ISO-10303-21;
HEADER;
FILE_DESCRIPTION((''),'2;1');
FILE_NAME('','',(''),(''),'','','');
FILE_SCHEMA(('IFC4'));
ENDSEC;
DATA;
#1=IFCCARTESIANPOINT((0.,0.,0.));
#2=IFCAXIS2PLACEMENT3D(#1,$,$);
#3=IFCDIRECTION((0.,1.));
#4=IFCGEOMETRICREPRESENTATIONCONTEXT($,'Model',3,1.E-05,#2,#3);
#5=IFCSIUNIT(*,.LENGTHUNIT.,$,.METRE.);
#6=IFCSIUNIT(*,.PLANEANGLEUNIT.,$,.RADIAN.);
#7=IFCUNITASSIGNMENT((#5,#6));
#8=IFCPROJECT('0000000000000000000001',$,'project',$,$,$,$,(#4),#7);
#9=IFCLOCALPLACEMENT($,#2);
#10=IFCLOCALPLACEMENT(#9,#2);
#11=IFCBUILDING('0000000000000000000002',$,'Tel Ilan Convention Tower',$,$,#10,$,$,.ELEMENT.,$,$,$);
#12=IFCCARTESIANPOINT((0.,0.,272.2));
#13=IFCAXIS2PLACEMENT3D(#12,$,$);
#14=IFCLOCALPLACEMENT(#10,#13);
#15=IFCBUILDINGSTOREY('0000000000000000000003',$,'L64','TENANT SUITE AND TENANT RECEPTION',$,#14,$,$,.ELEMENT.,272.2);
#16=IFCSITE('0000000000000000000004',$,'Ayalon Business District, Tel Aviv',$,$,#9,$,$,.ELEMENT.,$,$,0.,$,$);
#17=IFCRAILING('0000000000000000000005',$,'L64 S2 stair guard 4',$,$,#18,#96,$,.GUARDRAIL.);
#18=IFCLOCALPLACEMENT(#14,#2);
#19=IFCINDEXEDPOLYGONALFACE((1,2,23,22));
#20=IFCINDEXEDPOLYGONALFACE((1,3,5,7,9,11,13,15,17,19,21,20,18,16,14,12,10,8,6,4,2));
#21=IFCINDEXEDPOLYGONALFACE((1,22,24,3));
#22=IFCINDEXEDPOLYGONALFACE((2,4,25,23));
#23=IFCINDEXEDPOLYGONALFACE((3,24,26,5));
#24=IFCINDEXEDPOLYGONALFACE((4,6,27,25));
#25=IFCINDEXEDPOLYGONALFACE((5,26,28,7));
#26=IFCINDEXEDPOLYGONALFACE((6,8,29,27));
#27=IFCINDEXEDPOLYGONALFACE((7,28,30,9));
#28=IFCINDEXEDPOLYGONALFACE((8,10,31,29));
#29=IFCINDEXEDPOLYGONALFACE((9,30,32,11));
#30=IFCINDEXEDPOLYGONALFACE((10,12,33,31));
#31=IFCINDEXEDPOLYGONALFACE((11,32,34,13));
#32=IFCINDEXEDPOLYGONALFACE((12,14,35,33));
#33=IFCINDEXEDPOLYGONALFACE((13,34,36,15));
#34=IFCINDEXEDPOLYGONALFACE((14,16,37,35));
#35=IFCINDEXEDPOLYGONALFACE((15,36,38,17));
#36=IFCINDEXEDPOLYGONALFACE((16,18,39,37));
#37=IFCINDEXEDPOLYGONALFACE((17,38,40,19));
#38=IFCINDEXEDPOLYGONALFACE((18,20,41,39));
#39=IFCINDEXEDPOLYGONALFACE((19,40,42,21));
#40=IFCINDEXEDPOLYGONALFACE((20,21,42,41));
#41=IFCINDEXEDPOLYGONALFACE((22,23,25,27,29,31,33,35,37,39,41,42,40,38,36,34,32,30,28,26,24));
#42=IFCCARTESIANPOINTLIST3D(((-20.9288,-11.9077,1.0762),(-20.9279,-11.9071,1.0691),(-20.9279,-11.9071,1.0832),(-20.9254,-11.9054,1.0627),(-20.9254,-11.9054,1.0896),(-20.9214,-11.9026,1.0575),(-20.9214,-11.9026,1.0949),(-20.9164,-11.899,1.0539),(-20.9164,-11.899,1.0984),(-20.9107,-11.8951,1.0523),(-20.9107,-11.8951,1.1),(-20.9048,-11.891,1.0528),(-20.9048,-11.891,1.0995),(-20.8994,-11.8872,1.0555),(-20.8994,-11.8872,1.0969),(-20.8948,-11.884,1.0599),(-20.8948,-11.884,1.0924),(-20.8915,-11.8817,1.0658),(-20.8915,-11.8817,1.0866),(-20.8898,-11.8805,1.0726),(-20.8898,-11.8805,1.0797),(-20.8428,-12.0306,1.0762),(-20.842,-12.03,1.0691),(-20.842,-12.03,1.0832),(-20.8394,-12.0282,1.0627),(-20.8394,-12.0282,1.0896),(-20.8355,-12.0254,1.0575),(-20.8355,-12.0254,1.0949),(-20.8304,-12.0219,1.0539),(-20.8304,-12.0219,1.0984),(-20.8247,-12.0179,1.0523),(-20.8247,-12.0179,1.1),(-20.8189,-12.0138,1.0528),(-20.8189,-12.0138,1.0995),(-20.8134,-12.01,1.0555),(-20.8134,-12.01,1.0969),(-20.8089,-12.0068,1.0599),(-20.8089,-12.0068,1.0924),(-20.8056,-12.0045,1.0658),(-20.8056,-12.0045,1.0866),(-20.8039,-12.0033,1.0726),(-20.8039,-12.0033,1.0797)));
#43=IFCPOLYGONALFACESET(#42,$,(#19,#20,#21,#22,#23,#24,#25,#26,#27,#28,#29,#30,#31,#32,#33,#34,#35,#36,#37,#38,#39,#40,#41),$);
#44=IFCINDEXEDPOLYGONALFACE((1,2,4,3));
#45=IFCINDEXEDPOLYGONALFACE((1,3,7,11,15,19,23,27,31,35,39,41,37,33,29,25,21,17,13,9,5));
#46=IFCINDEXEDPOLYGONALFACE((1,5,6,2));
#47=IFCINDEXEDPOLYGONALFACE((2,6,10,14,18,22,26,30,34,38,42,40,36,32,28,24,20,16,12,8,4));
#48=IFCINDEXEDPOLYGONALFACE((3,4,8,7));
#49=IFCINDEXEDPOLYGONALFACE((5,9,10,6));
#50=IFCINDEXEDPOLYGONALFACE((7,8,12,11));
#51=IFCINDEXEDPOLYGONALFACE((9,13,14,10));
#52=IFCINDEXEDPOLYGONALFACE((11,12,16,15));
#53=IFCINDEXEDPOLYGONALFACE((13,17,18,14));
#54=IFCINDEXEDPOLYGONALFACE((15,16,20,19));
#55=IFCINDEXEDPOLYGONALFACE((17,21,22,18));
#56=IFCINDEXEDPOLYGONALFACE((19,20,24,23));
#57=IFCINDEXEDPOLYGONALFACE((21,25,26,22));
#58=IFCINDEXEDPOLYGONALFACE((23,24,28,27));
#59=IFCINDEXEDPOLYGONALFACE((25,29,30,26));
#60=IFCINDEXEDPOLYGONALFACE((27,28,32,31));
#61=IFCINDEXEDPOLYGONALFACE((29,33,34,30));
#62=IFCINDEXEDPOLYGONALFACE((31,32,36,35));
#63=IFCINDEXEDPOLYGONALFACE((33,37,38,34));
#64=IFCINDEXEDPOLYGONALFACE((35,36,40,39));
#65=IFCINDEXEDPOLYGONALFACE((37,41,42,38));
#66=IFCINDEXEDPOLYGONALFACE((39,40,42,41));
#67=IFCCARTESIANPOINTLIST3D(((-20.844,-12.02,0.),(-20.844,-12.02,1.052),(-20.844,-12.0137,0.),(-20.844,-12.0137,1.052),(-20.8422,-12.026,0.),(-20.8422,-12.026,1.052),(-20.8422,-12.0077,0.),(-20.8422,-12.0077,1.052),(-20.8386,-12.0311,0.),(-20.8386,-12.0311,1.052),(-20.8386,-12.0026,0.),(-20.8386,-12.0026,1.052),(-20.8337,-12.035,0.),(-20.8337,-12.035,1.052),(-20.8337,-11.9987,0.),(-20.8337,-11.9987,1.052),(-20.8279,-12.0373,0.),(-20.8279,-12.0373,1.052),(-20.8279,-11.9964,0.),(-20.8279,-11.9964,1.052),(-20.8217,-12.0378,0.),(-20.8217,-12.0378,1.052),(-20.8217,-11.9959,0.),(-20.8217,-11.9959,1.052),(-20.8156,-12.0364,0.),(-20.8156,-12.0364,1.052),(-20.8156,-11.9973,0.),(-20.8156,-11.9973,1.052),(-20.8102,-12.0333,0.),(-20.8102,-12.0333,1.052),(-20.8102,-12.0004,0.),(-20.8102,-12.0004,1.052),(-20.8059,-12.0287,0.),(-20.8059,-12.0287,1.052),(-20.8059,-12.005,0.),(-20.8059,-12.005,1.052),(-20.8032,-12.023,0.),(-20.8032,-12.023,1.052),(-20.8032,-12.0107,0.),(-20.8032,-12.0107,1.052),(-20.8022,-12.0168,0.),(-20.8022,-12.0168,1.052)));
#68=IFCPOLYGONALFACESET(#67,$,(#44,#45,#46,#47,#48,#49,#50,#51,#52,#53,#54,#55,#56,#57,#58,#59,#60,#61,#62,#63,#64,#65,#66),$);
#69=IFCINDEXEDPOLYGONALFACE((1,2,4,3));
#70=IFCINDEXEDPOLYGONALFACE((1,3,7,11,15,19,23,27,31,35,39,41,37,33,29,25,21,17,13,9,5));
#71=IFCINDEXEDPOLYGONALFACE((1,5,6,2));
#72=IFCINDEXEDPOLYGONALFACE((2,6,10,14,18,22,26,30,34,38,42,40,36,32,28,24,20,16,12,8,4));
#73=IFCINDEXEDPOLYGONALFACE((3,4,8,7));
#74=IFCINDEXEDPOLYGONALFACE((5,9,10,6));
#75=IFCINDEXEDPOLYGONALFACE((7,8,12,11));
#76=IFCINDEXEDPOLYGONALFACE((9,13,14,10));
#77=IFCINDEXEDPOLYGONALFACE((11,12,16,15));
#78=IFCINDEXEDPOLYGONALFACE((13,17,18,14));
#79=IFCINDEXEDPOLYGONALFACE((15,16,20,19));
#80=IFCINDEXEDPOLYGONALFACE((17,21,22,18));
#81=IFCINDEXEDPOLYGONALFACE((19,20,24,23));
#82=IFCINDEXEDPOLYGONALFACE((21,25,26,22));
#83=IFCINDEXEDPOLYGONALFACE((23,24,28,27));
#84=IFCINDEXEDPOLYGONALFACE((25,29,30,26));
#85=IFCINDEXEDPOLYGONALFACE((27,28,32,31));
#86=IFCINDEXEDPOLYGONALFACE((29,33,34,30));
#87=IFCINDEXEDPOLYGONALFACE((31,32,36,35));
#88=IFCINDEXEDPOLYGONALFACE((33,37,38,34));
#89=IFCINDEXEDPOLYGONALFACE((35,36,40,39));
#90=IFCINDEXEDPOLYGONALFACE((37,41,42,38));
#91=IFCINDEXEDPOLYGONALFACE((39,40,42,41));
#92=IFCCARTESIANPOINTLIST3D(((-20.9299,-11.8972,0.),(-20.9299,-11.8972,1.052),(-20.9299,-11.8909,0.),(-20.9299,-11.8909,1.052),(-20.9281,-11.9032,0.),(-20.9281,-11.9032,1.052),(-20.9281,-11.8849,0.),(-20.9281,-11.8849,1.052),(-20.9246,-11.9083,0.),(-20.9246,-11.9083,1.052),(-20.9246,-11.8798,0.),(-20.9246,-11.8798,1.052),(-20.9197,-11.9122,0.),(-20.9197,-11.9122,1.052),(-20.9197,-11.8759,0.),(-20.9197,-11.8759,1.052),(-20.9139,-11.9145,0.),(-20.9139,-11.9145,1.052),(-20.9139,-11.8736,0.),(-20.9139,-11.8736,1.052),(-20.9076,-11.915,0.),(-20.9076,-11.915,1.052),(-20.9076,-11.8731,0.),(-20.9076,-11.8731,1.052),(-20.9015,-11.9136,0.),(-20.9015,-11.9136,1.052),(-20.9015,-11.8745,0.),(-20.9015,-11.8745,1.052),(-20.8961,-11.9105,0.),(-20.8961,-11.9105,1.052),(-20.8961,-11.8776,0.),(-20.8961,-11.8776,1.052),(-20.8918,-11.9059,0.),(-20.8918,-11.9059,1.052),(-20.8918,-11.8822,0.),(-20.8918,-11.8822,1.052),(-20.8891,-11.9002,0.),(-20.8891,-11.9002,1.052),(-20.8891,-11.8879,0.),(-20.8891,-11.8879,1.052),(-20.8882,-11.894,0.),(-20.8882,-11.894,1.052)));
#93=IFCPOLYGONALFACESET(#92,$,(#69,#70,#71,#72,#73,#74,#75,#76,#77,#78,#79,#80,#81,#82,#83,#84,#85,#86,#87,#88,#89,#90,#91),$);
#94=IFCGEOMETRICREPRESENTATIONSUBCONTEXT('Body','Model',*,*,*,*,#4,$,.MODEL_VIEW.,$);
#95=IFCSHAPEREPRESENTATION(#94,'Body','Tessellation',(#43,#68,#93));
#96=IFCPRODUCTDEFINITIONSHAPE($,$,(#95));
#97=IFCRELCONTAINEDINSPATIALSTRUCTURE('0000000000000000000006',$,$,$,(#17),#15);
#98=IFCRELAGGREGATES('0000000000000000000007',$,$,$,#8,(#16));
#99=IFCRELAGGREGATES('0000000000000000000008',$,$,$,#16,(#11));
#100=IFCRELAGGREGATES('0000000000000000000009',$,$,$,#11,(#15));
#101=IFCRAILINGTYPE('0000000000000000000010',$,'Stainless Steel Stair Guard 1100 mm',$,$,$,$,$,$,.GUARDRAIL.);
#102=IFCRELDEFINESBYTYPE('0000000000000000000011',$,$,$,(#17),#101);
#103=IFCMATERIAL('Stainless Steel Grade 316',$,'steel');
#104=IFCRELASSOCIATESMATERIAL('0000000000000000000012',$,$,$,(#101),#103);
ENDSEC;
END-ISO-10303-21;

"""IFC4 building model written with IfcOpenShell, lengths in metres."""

from ifc_helpers import new_model, si_unit, direction, frame, origin, origin_2d, place, context, subcontext, project, spatial, circle, extrude, material, type_object, element, save


model = new_model("IFC4")

# Units and contexts
model_context = context("Model", 3, precision=1e-05, world=origin(), true_north=direction((0.0, 1.0)))
body_context = subcontext(model_context, "Body", "Model", "MODEL_VIEW")
ifc_project = project(units=[si_unit("LENGTHUNIT", "METRE"), si_unit("PLANEANGLEUNIT", "RADIAN")], contexts=[model_context])

# Site, building, storey
site_placement = place(None, origin())
site = spatial("IfcSite", under=ifc_project, at=site_placement, Name="Ayalon Business District, Tel Aviv", CompositionType="ELEMENT", RefElevation=0.0)
building_placement = place(site_placement, origin())
building = spatial("IfcBuilding", under=site, at=building_placement, Name="Tel Ilan Convention Tower", CompositionType="ELEMENT")
storey_placement = place(building_placement, frame((0.0, 0.0, 272.2)))
storey = spatial("IfcBuildingStorey", under=building, at=storey_placement, Name="L64", Description="TENANT SUITE AND TENANT RECEPTION", CompositionType="ELEMENT", Elevation=272.2)

# Railing
ifc_material_1 = material(Name="Stainless Steel Grade 316", Category="steel")
railing_type_1 = type_object("IfcRailingType", Name="Stainless Steel Stair Guard 1100 mm", PredefinedType="GUARDRAIL", material=ifc_material_1)
railing_1_placement = place(storey_placement, frame((-20.8232, -12.0168, 0.0)))
element("IfcRailing", 1, at=railing_1_placement, inside=storey, type_object=railing_type_1, Name="L64 S2 stair guard 4", PredefinedType="GUARDRAIL", context=body_context, shape_type="SweptSolid", body=[
    extrude(circle(Radius=0.0239, at=origin_2d()), frame((0.0, 0.0, 1.0762), z_axis=(-0.573353, 0.819308, 0.0), x_axis=(-0.819308, -0.573353, 0.0)), (0.0, 0.0, 1.0), 0.1499),
    extrude(circle(Radius=0.021, at=origin_2d()), origin(), (0.0, 0.0, 1.0), 1.052),
    extrude(circle(Radius=0.021, at=origin_2d()), frame((-0.0859, 0.1228, 0.0)), (0.0, 0.0, 1.0), 1.052),
])

save(model, "model.ifc")
